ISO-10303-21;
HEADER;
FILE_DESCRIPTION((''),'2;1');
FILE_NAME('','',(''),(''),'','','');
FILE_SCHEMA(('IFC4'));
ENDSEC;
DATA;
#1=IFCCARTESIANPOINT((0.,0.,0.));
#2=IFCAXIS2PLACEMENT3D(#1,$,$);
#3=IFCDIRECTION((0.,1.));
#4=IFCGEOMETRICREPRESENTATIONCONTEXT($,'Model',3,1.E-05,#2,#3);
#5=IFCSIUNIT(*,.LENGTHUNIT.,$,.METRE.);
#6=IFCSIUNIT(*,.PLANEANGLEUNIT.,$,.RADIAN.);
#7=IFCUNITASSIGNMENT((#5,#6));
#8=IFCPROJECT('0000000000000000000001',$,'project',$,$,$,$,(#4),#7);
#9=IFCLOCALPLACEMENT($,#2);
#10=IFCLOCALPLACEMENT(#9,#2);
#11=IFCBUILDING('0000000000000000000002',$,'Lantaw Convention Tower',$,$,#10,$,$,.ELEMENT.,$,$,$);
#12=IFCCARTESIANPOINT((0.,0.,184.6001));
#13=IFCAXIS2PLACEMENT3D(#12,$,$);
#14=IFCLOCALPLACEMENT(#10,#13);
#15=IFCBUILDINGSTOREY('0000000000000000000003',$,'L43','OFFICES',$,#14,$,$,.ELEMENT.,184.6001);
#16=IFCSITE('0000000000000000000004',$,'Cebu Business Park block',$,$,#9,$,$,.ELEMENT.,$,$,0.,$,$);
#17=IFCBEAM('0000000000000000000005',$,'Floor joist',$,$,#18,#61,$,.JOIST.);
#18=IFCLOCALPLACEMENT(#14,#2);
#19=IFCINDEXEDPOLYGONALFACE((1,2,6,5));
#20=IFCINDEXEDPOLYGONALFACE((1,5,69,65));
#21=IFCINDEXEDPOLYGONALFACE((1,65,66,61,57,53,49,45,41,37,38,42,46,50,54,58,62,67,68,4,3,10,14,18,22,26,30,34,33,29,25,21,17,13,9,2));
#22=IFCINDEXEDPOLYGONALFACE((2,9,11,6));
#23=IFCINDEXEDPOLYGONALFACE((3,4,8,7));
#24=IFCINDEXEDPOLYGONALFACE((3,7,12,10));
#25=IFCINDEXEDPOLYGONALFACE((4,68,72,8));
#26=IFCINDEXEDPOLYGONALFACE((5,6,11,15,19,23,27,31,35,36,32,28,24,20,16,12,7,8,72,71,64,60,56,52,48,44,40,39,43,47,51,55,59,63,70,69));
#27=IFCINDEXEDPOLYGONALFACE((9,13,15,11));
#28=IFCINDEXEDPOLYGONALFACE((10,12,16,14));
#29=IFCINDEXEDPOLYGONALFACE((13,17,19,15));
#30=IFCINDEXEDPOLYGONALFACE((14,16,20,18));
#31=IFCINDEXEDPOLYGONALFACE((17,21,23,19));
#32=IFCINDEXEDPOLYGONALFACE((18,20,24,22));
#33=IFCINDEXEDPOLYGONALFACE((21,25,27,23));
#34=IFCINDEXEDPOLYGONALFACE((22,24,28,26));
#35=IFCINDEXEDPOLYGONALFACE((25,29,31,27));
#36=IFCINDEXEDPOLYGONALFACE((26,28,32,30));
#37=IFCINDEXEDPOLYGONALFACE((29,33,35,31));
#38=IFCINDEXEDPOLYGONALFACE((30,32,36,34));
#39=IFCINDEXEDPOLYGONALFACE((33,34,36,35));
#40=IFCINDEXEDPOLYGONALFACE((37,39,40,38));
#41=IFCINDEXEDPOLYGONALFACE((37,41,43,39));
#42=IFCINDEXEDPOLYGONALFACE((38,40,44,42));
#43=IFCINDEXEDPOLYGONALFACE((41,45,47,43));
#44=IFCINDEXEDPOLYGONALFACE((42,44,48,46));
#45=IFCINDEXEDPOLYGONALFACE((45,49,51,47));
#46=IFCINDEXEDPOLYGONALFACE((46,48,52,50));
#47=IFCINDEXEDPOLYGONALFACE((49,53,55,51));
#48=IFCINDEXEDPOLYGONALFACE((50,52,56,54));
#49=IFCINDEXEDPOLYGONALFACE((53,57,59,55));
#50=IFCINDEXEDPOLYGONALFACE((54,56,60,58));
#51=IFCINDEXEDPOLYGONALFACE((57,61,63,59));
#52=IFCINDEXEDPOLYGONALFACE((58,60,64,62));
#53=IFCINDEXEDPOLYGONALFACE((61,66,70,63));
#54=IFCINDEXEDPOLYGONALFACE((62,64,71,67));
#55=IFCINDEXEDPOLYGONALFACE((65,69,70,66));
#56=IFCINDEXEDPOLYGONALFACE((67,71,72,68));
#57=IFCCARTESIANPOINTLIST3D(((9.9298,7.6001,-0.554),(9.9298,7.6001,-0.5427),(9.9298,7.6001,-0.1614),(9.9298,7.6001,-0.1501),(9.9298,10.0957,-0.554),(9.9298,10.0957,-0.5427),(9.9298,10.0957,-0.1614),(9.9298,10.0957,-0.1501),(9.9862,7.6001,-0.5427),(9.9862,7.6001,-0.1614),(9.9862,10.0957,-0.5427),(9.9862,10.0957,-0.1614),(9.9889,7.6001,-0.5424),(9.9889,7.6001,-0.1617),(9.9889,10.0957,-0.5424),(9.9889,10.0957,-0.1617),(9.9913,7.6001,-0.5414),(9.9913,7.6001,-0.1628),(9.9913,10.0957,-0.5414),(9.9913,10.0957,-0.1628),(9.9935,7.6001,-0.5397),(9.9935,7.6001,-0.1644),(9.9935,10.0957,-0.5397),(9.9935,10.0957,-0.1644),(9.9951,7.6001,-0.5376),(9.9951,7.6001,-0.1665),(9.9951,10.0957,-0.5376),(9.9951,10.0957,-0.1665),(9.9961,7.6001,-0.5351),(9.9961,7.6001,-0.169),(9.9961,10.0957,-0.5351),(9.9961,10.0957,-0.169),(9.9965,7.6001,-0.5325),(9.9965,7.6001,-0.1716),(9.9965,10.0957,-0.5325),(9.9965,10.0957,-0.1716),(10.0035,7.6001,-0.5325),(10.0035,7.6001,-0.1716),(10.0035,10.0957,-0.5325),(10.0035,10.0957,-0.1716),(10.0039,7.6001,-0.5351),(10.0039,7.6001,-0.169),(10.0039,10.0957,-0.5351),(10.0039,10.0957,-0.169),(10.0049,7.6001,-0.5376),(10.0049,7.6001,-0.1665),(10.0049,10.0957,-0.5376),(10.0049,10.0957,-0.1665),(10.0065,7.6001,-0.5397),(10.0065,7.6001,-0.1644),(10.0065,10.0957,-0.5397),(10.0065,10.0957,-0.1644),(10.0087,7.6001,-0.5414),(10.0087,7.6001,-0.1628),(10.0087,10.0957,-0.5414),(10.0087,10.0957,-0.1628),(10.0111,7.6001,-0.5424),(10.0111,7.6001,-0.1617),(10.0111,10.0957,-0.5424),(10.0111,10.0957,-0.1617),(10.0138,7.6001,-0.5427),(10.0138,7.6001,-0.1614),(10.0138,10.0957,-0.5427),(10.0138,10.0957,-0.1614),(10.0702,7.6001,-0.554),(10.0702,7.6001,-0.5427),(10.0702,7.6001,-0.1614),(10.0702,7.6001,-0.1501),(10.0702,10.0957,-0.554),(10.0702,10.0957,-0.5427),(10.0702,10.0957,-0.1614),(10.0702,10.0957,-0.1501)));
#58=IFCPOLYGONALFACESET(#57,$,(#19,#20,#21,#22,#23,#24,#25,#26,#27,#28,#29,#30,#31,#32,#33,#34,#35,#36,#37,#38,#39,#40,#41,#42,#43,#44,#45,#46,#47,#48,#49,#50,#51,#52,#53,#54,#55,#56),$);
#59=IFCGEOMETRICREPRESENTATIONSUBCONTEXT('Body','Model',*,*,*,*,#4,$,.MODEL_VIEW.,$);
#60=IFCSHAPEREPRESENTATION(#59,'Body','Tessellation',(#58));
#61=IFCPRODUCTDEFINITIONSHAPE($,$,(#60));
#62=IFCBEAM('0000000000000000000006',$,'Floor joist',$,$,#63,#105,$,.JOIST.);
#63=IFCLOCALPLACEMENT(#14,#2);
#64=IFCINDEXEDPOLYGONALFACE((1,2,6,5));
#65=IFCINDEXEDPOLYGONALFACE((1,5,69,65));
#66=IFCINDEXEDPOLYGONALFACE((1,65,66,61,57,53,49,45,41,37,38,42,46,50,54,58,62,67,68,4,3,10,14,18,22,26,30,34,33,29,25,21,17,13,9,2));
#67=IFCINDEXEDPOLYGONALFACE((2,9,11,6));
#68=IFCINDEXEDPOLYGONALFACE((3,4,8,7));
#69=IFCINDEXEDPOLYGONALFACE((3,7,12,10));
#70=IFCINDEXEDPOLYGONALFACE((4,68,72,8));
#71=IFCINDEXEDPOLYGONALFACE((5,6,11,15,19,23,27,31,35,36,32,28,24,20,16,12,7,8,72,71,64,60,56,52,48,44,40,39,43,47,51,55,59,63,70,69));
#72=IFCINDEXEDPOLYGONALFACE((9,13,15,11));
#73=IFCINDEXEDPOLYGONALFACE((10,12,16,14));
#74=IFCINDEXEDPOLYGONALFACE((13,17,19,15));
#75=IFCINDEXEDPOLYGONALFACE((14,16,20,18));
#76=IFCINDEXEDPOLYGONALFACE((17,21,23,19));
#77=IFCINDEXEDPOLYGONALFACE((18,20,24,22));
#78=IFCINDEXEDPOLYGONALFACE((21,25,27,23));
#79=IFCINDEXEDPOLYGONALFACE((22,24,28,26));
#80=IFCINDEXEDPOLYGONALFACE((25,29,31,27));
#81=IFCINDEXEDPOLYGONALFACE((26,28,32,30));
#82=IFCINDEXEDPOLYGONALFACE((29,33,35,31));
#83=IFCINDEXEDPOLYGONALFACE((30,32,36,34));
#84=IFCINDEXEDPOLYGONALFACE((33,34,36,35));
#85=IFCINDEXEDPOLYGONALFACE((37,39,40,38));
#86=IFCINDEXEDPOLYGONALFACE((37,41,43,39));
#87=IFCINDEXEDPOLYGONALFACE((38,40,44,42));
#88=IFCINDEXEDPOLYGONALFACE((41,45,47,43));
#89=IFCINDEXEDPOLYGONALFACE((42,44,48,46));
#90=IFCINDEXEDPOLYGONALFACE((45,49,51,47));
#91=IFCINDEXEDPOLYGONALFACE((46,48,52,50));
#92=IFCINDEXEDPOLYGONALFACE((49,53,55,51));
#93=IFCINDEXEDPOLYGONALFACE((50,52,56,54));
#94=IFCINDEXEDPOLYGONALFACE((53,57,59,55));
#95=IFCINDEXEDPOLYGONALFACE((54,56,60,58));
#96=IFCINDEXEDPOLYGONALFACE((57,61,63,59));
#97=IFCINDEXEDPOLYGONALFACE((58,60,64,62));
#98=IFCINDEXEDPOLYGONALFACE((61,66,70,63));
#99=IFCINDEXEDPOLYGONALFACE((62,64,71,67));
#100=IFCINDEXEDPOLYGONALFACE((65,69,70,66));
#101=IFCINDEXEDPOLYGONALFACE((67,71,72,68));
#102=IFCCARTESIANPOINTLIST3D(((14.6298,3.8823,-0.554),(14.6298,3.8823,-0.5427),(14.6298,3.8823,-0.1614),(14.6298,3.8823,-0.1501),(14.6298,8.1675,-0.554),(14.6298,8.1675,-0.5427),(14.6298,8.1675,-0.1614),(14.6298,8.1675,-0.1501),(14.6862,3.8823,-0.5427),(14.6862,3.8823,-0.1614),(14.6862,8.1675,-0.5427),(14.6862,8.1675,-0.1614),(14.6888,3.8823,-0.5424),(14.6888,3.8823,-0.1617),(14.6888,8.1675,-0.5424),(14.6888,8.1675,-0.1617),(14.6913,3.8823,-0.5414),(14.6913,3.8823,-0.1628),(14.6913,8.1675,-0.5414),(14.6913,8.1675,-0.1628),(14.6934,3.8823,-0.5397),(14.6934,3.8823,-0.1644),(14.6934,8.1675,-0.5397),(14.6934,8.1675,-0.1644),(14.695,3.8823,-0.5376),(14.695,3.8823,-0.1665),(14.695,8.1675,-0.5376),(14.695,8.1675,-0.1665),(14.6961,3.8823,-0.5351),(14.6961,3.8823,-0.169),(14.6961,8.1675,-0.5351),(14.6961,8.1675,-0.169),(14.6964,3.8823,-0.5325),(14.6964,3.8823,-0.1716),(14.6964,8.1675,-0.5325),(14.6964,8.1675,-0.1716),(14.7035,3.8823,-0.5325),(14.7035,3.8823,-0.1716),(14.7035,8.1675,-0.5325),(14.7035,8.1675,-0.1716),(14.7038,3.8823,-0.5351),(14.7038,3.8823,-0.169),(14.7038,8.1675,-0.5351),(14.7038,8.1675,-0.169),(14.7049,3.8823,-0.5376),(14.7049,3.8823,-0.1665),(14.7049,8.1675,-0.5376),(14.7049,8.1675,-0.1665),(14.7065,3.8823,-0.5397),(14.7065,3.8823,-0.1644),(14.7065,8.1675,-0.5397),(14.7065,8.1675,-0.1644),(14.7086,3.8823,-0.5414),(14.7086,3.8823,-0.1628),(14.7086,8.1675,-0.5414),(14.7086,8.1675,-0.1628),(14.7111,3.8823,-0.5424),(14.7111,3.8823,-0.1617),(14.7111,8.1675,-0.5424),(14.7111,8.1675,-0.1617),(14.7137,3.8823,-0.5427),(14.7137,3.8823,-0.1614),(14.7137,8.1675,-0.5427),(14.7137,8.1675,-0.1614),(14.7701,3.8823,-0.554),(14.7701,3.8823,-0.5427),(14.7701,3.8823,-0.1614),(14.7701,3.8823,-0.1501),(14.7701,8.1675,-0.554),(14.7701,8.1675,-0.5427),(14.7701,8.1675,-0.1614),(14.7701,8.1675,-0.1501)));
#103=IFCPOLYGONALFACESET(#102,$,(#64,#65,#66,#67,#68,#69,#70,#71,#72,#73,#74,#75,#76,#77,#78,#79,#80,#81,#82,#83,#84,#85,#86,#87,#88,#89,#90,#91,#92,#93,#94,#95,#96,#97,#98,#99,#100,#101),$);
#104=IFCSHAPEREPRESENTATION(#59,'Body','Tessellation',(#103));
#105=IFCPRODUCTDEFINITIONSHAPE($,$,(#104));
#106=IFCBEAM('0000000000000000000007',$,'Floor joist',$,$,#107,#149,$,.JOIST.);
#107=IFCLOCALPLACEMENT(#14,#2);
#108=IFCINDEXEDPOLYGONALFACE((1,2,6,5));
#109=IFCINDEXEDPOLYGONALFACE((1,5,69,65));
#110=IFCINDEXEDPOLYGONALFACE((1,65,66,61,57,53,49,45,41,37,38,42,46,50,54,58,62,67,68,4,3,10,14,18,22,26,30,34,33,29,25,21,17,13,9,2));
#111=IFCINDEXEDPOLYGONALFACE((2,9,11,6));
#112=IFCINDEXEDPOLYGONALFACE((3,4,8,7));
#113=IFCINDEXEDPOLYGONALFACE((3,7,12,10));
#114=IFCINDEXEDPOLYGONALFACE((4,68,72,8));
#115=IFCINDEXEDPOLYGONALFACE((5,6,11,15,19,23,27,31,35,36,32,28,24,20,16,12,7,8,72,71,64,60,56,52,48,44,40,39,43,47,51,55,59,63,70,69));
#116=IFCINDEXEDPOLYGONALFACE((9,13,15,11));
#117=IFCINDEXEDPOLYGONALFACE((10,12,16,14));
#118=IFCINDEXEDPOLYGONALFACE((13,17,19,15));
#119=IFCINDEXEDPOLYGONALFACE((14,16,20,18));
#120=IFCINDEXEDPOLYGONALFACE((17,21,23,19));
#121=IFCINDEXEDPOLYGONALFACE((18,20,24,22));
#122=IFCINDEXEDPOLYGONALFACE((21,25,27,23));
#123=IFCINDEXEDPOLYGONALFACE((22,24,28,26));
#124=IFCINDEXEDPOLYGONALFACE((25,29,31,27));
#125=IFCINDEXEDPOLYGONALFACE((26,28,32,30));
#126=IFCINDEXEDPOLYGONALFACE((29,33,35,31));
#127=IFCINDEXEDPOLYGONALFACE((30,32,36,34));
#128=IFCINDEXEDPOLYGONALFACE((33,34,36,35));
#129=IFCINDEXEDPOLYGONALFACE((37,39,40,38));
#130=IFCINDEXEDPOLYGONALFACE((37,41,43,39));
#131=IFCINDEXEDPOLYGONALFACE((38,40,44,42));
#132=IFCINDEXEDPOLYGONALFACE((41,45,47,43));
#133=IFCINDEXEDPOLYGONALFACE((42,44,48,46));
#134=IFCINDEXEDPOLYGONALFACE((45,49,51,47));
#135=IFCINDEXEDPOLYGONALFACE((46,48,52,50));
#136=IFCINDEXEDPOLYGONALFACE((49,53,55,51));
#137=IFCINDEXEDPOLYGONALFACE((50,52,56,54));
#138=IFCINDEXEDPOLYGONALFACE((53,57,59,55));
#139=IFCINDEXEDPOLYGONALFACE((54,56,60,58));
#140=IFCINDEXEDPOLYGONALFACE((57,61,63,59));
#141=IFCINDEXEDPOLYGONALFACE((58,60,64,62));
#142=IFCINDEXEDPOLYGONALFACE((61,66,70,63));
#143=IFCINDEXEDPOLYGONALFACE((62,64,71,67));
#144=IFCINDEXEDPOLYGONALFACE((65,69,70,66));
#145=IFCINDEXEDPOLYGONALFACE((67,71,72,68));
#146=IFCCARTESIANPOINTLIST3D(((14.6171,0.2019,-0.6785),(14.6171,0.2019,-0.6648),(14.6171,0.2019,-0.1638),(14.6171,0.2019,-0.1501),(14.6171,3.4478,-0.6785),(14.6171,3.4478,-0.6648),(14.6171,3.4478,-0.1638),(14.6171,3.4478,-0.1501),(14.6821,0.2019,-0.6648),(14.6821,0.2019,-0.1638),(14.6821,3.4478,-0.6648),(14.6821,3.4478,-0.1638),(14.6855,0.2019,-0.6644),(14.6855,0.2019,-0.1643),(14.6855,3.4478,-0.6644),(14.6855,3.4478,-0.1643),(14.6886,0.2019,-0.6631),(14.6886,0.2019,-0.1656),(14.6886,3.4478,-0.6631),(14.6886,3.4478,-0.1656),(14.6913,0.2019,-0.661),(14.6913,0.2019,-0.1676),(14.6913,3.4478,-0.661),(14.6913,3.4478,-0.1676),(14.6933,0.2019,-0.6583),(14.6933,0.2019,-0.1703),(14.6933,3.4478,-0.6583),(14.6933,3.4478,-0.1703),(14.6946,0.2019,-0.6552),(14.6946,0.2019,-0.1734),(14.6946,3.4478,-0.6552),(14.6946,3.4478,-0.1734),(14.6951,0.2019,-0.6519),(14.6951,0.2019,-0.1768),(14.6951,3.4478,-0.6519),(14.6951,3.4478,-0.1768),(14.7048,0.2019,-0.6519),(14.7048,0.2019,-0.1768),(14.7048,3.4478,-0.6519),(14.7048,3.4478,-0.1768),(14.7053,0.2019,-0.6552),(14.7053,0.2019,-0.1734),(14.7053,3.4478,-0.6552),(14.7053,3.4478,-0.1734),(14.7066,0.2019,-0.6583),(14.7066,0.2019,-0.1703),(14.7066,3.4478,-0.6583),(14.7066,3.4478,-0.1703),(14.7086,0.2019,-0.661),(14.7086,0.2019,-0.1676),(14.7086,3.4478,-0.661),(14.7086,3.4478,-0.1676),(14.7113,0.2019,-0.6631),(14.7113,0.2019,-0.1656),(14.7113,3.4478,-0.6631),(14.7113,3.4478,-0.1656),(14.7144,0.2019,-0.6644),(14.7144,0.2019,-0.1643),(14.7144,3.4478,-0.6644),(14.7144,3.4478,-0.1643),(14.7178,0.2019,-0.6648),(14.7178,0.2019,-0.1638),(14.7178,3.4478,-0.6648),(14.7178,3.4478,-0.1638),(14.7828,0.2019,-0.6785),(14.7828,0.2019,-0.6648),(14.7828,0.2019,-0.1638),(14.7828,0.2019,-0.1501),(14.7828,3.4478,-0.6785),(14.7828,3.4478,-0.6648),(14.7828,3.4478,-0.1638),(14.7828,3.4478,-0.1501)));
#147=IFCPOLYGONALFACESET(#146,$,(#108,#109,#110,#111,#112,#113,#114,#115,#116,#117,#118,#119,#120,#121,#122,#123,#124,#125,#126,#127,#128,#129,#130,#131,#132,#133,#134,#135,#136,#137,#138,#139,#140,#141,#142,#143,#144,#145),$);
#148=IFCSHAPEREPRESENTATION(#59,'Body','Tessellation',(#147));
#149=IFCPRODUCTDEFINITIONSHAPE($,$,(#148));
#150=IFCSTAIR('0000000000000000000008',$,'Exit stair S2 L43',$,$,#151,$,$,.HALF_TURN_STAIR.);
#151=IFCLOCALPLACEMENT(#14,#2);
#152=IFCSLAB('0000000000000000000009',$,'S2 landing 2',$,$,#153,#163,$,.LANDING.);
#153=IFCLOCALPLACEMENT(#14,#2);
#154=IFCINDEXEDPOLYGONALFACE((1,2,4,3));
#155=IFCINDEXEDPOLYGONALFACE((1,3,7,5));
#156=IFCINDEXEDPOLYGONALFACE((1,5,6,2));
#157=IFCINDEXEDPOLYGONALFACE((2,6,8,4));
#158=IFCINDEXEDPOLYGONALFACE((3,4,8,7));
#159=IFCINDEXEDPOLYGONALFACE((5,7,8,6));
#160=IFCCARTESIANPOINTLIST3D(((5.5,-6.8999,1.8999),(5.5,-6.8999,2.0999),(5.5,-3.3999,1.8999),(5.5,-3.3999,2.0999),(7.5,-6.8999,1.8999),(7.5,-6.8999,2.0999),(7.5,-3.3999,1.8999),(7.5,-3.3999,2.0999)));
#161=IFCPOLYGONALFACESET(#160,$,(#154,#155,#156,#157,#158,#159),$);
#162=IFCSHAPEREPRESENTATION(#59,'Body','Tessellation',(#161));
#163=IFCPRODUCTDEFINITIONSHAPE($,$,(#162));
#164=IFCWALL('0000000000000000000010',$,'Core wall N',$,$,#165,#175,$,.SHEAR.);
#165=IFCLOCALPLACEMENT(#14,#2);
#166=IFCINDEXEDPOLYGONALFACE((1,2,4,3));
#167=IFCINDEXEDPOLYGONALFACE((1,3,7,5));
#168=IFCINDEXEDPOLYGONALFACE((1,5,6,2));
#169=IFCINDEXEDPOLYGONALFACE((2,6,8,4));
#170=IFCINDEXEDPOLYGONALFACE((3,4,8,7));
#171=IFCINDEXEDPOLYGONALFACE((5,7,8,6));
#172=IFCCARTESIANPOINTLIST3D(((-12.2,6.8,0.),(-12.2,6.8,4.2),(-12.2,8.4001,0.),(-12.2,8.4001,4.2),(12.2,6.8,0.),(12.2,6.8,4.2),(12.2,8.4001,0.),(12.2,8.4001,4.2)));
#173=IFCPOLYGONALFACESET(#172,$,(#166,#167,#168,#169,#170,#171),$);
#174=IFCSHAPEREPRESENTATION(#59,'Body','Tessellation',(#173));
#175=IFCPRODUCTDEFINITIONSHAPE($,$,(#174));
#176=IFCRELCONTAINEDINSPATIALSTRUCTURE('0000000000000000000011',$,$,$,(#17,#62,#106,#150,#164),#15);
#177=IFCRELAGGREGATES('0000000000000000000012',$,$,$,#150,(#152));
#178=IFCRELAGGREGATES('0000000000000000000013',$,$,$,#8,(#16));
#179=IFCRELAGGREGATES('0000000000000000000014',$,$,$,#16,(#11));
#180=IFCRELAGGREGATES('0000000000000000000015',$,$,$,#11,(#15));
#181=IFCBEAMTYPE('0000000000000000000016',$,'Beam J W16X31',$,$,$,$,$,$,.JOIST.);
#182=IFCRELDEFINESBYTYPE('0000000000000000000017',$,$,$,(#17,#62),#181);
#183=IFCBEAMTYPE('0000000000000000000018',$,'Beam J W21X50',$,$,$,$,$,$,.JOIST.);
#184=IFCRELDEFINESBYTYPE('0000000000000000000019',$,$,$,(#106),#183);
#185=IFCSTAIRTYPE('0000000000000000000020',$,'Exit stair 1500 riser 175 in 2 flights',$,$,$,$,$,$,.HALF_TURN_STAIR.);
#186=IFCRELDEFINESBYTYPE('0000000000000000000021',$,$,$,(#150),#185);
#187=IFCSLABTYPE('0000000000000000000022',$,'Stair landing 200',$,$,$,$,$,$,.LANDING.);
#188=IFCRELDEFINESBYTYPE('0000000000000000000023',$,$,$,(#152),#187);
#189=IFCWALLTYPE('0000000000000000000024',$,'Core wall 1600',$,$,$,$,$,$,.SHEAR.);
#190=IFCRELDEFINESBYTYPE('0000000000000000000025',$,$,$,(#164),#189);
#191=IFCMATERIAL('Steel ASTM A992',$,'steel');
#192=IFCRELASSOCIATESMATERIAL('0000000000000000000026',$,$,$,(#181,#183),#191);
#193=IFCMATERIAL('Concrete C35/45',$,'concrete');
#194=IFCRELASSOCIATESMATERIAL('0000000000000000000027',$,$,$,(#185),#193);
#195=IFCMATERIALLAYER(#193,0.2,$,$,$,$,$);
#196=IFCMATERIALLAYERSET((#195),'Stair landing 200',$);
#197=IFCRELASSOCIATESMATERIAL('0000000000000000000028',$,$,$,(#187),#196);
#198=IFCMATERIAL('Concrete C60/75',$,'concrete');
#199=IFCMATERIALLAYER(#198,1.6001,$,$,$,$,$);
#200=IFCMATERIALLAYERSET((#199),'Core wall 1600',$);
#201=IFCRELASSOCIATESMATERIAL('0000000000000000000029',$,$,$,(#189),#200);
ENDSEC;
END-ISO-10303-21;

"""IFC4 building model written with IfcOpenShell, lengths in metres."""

from ifc_helpers import new_model, si_unit, direction, frame, frame_2d, origin, origin_2d, place, context, subcontext, project, spatial, polyline, rectangle, i_section, outline, extrude, material, layer, layer_set, material_profile, profile_set, type_object, element, aggregate, save


model = new_model("IFC4")

# Units and contexts
model_context = context("Model", 3, precision=1e-05, world=origin(), true_north=direction((0.0, 1.0)))
body_context = subcontext(model_context, "Body", "Model", "MODEL_VIEW")
ifc_project = project(units=[si_unit("LENGTHUNIT", "METRE"), si_unit("PLANEANGLEUNIT", "RADIAN")], contexts=[model_context])

# Site, building, storey
site_placement = place(None, origin())
site = spatial("IfcSite", under=ifc_project, at=site_placement, Name="Cebu Business Park block", CompositionType="ELEMENT", RefElevation=0.0)
building_placement = place(site_placement, origin())
building = spatial("IfcBuilding", under=site, at=building_placement, Name="Lantaw Convention Tower", CompositionType="ELEMENT")
storey_placement = place(building_placement, frame((0.0, 0.0, 184.6001)))
storey = spatial("IfcBuildingStorey", under=building, at=storey_placement, Name="L43", Description="OFFICES", CompositionType="ELEMENT", Elevation=184.6001)

# Beams
ifc_material_1 = material(Name="Steel ASTM A992", Category="steel")
ifc_material_profile_1 = material_profile(ifc_material_1, i_section(OverallWidth=0.1404, OverallDepth=0.4038, WebThickness=0.0071, FlangeThickness=0.0112, FilletRadius=0.0103, at=origin_2d()), Name="W16X31")
ifc_profile_set_1 = profile_set([ifc_material_profile_1], Name="Steel ASTM A992")
beam_type_1 = type_object("IfcBeamType", Name="Beam J W16X31", PredefinedType="JOIST", material=ifc_profile_set_1)
beam_1_placement = place(storey_placement, frame((10.0, 7.6001, -0.3521), z_axis=(0.0, 1.0, 0.0), x_axis=(-1.0, 0.0, 0.0)))
element("IfcBeam", 1, at=beam_1_placement, inside=storey, type_object=beam_type_1, Name="Floor joist", PredefinedType="JOIST", context=body_context, shape_type="SweptSolid", body=[
    extrude(i_section(OverallWidth=0.1404, OverallDepth=0.4038, WebThickness=0.0071, FlangeThickness=0.0112, FilletRadius=0.0103, at=origin_2d()), origin(), (0.0, 0.0, 1.0), 2.4956),
])
beam_2_placement = place(storey_placement, frame((14.7, 3.8823, -0.3521), z_axis=(0.0, 1.0, 0.0), x_axis=(-1.0, 0.0, 0.0)))
element("IfcBeam", 2, at=beam_2_placement, inside=storey, type_object=beam_type_1, Name="Floor joist", PredefinedType="JOIST", context=body_context, shape_type="SweptSolid", body=[
    extrude(i_section(OverallWidth=0.1404, OverallDepth=0.4038, WebThickness=0.0071, FlangeThickness=0.0112, FilletRadius=0.0103, at=origin_2d()), origin(), (0.0, 0.0, 1.0), 4.2852),
])
ifc_material_profile_2 = material_profile(ifc_material_1, i_section(OverallWidth=0.1658, OverallDepth=0.5283, WebThickness=0.0098, FlangeThickness=0.0137, FilletRadius=0.0129, at=origin_2d()), Name="W21X50")
ifc_profile_set_2 = profile_set([ifc_material_profile_2], Name="Steel ASTM A992")
beam_type_2 = type_object("IfcBeamType", Name="Beam J W21X50", PredefinedType="JOIST", material=ifc_profile_set_2)
beam_3_placement = place(storey_placement, frame((14.7, 0.2019, -0.4143), z_axis=(0.0, 1.0, 0.0), x_axis=(-1.0, 0.0, 0.0)))
element("IfcBeam", 3, at=beam_3_placement, inside=storey, type_object=beam_type_2, Name="Floor joist", PredefinedType="JOIST", context=body_context, shape_type="SweptSolid", body=[
    extrude(i_section(OverallWidth=0.1658, OverallDepth=0.5283, WebThickness=0.0098, FlangeThickness=0.0137, FilletRadius=0.0129, at=origin_2d()), origin(), (0.0, 0.0, 1.0), 3.2458),
])

# Stair, slab
ifc_material_2 = material(Name="Concrete C35/45", Category="concrete")
stair_type = type_object("IfcStairType", Name="Exit stair 1500 riser 175 in 2 flights", PredefinedType="HALF_TURN_STAIR", material=ifc_material_2)
stair_placement = place(storey_placement, origin())
stair = element("IfcStair", 4, at=stair_placement, inside=storey, type_object=stair_type, Name="Exit stair S2 L43", PredefinedType="HALF_TURN_STAIR")
ifc_layer_1 = layer(ifc_material_2, 0.2)
ifc_layer_set_1 = layer_set([ifc_layer_1], Name="Stair landing 200")
slab_type = type_object("IfcSlabType", Name="Stair landing 200", PredefinedType="LANDING", material=ifc_layer_set_1)
slab_placement = place(storey_placement, frame((0.0, 0.0, 1.8999)))
slab = element("IfcSlab", 5, at=slab_placement, type_object=slab_type, Name="S2 landing 2", PredefinedType="LANDING", context=body_context, shape_type="SweptSolid", body=[
    extrude(outline(polyline([(5.5, -6.8999), (7.5, -6.8999), (7.5, -3.3999), (5.5, -3.3999), (5.5, -6.8999)])), origin(), (0.0, 0.0, 1.0), 0.2),
])
aggregate(stair, [slab])

# Wall
ifc_material_3 = material(Name="Concrete C60/75", Category="concrete")
ifc_layer_2 = layer(ifc_material_3, 1.6001)
ifc_layer_set_2 = layer_set([ifc_layer_2], Name="Core wall 1600")
wall_type_1 = type_object("IfcWallType", Name="Core wall 1600", PredefinedType="SHEAR", material=ifc_layer_set_2)
wall_1_placement = place(storey_placement, frame((12.2, 7.6001, 0.0), z_axis=(0.0, 0.0, 1.0), x_axis=(-1.0, 0.0, 0.0)))
element("IfcWall", 6, at=wall_1_placement, inside=storey, type_object=wall_type_1, Name="Core wall N", PredefinedType="SHEAR", context=body_context, shape_type="SweptSolid", body=[
    extrude(rectangle(XDim=24.3999, YDim=1.6001, at=frame_2d((12.2, 0.0))), origin(), (0.0, 0.0, 1.0), 4.2),
])

save(model, "model.ifc")
